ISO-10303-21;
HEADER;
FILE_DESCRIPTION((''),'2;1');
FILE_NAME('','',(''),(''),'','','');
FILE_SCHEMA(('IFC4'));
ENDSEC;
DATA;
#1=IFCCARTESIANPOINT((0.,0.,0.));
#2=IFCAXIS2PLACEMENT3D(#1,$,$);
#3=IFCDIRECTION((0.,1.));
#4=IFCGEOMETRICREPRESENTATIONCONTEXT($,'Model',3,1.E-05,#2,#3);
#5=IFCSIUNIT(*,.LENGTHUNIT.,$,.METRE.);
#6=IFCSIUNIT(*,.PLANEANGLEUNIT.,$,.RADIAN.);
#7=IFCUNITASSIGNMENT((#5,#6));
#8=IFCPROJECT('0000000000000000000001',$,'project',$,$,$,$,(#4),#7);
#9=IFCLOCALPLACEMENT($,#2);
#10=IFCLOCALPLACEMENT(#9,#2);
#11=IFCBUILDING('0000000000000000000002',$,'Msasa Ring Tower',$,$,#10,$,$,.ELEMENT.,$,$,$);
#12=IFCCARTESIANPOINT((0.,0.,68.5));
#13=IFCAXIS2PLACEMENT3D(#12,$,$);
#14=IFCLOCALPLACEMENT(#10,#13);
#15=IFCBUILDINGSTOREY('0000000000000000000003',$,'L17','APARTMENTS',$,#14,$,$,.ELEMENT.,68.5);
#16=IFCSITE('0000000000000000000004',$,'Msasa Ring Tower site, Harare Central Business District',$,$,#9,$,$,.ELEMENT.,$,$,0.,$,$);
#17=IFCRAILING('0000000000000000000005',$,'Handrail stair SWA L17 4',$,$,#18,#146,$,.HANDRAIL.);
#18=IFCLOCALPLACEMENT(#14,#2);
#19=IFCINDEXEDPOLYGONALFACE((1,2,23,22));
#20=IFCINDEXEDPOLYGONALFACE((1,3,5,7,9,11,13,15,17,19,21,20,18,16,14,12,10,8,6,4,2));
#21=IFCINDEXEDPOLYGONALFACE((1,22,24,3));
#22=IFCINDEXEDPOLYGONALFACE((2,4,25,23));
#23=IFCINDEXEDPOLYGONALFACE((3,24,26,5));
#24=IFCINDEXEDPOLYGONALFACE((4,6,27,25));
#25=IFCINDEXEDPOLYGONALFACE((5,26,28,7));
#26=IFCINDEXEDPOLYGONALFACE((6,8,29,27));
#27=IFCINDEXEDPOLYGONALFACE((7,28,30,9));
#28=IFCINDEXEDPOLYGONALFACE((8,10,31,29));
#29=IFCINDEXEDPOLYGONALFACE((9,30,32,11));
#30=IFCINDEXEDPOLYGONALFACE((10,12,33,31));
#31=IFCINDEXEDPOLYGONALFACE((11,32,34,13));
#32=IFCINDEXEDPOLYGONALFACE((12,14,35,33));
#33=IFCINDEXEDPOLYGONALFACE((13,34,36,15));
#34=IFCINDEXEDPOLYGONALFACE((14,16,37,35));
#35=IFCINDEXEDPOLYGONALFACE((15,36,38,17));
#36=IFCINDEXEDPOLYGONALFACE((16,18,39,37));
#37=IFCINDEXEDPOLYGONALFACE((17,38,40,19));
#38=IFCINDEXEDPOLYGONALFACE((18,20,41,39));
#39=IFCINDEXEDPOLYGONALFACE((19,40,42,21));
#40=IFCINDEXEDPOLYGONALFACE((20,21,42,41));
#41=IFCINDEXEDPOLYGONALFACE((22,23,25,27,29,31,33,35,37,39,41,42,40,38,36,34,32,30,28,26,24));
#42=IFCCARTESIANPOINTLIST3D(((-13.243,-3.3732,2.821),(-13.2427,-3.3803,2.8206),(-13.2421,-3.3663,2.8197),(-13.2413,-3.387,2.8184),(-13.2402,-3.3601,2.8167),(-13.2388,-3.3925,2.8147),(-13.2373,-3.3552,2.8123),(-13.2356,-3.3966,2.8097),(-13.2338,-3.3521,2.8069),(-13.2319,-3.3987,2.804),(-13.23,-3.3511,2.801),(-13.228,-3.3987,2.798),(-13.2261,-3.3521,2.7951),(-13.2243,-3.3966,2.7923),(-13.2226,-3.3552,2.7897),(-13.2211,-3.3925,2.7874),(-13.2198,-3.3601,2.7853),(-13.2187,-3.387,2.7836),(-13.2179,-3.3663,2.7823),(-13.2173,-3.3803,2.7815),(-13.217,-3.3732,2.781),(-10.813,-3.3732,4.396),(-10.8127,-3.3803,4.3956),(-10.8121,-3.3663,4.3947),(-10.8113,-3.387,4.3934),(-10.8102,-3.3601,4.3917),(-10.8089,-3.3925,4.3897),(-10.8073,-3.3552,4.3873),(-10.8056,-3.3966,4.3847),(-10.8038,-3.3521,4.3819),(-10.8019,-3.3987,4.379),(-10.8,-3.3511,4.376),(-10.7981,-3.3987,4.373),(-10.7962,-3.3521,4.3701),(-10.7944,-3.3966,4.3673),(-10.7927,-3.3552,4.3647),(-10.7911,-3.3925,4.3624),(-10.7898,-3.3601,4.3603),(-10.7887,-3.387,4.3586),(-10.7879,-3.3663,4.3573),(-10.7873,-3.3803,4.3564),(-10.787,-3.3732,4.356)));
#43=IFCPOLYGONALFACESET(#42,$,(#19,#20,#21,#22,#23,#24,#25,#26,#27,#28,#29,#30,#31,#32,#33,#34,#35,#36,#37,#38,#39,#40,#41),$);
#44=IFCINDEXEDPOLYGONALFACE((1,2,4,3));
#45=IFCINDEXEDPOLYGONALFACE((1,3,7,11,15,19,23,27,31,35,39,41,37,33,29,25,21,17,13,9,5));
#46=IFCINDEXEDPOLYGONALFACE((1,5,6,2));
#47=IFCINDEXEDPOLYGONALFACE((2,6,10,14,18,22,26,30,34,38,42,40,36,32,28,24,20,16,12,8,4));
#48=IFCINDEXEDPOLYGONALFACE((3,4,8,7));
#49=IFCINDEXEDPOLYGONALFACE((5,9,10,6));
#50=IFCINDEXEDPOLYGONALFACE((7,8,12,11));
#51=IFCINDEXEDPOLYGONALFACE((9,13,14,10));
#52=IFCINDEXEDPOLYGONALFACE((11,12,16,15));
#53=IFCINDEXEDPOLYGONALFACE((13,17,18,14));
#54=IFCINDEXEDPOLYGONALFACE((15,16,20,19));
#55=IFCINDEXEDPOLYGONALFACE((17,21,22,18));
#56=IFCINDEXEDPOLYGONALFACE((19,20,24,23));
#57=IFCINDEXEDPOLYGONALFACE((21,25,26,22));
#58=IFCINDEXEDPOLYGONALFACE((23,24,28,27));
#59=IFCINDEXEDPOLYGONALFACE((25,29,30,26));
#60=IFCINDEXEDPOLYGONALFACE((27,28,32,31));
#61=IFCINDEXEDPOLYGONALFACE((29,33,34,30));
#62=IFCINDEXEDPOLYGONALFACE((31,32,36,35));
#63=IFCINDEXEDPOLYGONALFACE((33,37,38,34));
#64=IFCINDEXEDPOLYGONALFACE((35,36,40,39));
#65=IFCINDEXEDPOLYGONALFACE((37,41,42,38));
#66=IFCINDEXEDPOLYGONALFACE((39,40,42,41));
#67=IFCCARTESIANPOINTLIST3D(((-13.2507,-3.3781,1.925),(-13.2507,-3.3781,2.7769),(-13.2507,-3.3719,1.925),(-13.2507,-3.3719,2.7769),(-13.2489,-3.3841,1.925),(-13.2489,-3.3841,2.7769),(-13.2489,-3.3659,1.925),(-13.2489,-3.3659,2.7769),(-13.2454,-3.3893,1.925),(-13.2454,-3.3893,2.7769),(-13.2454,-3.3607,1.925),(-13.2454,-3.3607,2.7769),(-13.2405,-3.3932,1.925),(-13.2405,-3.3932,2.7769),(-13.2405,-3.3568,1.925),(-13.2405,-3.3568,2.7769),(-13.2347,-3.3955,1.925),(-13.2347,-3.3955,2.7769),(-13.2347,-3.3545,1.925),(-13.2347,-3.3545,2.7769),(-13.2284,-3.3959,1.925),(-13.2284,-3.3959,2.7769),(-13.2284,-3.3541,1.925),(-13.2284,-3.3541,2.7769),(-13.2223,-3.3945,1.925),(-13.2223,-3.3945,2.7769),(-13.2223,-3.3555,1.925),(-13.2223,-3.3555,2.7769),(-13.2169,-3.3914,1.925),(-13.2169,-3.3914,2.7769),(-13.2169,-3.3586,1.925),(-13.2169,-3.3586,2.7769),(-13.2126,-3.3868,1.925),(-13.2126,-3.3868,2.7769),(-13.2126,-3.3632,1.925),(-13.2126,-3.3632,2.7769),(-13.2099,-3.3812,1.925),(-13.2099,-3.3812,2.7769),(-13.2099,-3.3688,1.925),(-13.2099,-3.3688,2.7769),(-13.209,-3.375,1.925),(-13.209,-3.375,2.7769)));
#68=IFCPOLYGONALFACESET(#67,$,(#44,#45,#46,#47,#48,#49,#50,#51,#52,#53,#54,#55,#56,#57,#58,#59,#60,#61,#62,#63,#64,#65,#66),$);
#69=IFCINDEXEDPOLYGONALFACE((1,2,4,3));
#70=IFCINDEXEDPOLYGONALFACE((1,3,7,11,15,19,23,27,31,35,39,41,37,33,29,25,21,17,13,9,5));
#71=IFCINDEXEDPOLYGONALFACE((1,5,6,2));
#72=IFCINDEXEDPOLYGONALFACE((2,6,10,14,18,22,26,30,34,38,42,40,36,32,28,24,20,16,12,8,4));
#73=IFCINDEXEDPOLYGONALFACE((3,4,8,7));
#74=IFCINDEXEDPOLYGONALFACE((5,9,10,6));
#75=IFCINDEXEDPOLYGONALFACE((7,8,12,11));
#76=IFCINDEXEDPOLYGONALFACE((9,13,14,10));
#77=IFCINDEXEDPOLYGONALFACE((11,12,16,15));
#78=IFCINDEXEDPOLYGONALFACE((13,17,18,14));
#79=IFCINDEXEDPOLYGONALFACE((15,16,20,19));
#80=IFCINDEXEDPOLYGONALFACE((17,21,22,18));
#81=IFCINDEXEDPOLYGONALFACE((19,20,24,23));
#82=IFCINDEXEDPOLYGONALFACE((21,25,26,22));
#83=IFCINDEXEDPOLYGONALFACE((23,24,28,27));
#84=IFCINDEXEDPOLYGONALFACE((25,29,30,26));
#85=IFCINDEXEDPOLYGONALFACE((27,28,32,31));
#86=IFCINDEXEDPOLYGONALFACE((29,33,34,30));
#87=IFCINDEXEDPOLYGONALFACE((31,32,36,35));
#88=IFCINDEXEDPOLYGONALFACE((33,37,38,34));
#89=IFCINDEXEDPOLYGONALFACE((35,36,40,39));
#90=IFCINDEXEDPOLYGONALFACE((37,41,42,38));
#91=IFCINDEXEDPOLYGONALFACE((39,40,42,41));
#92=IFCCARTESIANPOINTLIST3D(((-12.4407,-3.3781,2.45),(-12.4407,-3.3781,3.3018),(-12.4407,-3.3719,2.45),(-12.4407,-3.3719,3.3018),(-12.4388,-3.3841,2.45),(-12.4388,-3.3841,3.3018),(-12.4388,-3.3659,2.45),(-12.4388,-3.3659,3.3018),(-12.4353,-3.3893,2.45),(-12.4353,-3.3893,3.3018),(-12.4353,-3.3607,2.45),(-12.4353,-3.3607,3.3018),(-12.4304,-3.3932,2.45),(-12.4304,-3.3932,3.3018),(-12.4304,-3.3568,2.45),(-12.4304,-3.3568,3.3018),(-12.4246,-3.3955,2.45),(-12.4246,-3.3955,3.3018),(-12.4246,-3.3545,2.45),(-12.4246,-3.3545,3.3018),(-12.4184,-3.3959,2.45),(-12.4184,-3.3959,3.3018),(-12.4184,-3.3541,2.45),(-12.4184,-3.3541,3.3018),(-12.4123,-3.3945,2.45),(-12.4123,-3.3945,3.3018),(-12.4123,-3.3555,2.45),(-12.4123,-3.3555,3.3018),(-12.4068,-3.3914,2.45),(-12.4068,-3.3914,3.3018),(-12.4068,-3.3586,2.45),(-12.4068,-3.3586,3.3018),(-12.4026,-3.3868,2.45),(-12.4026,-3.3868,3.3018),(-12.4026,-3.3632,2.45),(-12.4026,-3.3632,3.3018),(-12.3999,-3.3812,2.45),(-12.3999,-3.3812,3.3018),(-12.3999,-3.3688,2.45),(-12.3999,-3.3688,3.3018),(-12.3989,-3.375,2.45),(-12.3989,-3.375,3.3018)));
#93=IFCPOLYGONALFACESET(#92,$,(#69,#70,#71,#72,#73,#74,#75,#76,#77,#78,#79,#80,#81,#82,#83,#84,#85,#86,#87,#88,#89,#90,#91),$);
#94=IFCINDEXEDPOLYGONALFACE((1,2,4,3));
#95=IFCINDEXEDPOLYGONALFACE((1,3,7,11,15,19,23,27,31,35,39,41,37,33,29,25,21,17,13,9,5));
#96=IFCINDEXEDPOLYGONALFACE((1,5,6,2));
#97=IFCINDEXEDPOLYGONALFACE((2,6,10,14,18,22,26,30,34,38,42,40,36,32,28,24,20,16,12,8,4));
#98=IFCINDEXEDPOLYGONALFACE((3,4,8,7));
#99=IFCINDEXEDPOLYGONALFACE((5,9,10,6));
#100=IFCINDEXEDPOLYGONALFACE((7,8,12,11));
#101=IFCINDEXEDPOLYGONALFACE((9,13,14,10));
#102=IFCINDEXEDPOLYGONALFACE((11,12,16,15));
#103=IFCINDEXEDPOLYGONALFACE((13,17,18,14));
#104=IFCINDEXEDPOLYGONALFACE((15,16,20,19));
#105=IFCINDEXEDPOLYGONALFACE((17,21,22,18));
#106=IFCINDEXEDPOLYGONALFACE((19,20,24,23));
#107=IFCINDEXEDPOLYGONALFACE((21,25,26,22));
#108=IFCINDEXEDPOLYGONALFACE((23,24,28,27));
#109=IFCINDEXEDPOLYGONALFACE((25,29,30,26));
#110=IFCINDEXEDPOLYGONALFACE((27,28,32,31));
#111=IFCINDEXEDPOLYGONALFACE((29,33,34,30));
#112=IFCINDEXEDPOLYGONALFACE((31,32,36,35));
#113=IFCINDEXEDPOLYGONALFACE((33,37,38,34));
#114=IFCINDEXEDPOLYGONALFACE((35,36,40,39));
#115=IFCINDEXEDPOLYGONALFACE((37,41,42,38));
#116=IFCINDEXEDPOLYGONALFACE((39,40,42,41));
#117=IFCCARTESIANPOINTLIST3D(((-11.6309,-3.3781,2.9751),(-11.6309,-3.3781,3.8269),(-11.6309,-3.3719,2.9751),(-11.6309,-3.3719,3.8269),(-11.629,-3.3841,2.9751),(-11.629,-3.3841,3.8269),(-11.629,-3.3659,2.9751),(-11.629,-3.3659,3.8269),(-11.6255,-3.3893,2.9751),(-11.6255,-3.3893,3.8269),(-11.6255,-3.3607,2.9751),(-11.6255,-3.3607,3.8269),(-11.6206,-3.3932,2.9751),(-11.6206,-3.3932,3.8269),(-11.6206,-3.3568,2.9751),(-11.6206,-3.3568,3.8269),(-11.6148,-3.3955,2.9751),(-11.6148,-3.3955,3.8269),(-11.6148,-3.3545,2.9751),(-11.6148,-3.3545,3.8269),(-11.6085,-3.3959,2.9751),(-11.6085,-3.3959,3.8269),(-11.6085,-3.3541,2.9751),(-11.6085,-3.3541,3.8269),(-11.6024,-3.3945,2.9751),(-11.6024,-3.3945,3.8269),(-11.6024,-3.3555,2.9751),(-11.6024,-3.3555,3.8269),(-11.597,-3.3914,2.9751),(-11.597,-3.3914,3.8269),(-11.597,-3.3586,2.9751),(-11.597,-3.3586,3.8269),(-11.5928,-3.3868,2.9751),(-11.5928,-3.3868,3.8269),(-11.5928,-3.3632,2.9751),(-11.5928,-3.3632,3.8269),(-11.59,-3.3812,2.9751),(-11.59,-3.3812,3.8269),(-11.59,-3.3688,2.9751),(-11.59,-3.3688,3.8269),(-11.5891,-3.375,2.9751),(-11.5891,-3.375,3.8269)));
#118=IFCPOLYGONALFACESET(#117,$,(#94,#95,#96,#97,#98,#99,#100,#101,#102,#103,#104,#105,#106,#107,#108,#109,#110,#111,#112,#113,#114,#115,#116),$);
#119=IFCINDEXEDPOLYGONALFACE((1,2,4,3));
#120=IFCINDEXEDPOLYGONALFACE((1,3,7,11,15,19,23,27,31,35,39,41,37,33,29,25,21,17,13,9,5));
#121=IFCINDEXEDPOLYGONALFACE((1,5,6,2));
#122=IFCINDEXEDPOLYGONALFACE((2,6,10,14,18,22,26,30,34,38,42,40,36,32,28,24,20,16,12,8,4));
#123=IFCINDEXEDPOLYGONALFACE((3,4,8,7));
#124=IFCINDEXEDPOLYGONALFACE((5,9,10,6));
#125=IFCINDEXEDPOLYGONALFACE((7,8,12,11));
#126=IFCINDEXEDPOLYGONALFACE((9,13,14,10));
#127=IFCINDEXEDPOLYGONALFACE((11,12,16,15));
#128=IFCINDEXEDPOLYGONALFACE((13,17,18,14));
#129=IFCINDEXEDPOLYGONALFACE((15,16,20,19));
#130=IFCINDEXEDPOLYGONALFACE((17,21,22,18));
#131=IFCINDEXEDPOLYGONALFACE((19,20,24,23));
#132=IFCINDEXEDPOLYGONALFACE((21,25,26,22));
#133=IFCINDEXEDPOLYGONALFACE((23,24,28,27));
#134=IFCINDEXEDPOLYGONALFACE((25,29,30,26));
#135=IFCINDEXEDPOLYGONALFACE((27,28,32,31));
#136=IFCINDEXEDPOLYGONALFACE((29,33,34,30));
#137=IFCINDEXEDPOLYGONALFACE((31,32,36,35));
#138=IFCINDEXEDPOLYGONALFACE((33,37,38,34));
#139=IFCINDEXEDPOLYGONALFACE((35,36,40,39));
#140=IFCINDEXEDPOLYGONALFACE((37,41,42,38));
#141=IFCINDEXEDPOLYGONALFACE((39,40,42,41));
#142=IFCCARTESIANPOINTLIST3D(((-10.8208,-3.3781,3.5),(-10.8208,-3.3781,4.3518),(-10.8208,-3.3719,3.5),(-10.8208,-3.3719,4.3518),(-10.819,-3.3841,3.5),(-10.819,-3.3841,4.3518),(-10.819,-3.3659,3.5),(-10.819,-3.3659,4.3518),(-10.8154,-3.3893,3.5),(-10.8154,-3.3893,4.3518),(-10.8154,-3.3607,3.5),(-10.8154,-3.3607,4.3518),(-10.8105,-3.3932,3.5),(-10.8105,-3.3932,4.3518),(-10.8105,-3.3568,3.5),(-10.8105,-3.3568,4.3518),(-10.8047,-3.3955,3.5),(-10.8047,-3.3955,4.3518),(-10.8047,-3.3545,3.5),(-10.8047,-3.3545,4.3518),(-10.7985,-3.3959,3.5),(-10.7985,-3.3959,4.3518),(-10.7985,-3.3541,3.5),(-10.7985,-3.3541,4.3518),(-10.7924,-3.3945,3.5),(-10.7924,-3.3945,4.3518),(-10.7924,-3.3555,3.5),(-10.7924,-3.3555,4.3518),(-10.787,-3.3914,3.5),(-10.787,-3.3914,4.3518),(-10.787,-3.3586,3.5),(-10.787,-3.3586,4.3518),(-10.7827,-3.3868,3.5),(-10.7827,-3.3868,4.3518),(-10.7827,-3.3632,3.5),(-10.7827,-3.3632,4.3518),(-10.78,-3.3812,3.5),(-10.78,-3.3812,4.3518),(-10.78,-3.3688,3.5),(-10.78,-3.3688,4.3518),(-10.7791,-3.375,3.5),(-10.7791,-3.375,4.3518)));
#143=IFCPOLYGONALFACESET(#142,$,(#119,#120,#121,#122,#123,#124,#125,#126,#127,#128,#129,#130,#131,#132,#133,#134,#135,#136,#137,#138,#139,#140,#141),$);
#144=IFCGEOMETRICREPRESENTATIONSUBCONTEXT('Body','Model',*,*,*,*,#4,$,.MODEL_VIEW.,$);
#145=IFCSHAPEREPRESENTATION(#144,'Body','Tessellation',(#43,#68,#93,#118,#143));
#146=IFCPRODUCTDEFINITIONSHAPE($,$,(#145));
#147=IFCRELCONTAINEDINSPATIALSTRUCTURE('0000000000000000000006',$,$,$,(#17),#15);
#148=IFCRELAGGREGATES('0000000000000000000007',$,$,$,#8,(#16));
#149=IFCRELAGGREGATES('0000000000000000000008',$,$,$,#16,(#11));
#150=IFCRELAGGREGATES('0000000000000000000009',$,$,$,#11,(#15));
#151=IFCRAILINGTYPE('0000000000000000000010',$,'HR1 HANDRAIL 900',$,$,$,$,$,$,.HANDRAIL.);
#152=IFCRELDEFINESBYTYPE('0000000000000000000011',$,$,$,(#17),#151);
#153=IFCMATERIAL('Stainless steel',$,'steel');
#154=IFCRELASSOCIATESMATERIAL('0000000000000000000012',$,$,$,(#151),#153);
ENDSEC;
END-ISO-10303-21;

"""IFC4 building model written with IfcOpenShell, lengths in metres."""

from ifc_helpers import new_model, si_unit, direction, frame, origin, origin_2d, place, context, subcontext, project, spatial, circle, extrude, material, type_object, element, save


model = new_model("IFC4")

# Units and contexts
model_context = context("Model", 3, precision=1e-05, world=origin(), true_north=direction((0.0, 1.0)))
body_context = subcontext(model_context, "Body", "Model", "MODEL_VIEW")
ifc_project = project(units=[si_unit("LENGTHUNIT", "METRE"), si_unit("PLANEANGLEUNIT", "RADIAN")], contexts=[model_context])

# Site, building, storey
site_placement = place(None, origin())
site = spatial("IfcSite", under=ifc_project, at=site_placement, Name="Msasa Ring Tower site, Harare Central Business District", CompositionType="ELEMENT", RefElevation=0.0)
building_placement = place(site_placement, origin())
building = spatial("IfcBuilding", under=site, at=building_placement, Name="Msasa Ring Tower", CompositionType="ELEMENT")
storey_placement = place(building_placement, frame((0.0, 0.0, 68.5)))
storey = spatial("IfcBuildingStorey", under=building, at=storey_placement, Name="L17", Description="APARTMENTS", CompositionType="ELEMENT", Elevation=68.5)

# Railing
ifc_material_1 = material(Name="Stainless steel", Category="steel")
railing_type = type_object("IfcRailingType", Name="HR1 HANDRAIL 900", PredefinedType="HANDRAIL", material=ifc_material_1)
for number, where, name in (
    (1, (-13.23, -3.375, 1.925), "Handrail stair SWA L17 4"),
):
    element("IfcRailing", number, at=place(storey_placement, frame(where)), inside=storey, type_object=railing_type, Name=name, PredefinedType="HANDRAIL", context=body_context, shape_type="SweptSolid", body=[
        extrude(circle(Radius=0.0239, at=origin_2d()), frame((0.0, 0.0, 0.876), z_axis=(0.839154, 0.0, 0.543894), x_axis=(0.0, 1.0, 0.0)), (0.0, 0.0, 1.0), 2.8958),
        extrude(circle(Radius=0.021, at=origin_2d()), origin(), (0.0, 0.0, 1.0), 0.8518),
        extrude(circle(Radius=0.021, at=origin_2d()), frame((0.8101, 0.0, 0.5249)), (0.0, 0.0, 1.0), 0.8518),
        extrude(circle(Radius=0.021, at=origin_2d()), frame((1.6199, 0.0, 1.05)), (0.0, 0.0, 1.0), 0.8518),
        extrude(circle(Radius=0.021, at=origin_2d()), frame((2.4299, 0.0, 1.575)), (0.0, 0.0, 1.0), 0.8518),
    ])

save(model, "model.ifc")
